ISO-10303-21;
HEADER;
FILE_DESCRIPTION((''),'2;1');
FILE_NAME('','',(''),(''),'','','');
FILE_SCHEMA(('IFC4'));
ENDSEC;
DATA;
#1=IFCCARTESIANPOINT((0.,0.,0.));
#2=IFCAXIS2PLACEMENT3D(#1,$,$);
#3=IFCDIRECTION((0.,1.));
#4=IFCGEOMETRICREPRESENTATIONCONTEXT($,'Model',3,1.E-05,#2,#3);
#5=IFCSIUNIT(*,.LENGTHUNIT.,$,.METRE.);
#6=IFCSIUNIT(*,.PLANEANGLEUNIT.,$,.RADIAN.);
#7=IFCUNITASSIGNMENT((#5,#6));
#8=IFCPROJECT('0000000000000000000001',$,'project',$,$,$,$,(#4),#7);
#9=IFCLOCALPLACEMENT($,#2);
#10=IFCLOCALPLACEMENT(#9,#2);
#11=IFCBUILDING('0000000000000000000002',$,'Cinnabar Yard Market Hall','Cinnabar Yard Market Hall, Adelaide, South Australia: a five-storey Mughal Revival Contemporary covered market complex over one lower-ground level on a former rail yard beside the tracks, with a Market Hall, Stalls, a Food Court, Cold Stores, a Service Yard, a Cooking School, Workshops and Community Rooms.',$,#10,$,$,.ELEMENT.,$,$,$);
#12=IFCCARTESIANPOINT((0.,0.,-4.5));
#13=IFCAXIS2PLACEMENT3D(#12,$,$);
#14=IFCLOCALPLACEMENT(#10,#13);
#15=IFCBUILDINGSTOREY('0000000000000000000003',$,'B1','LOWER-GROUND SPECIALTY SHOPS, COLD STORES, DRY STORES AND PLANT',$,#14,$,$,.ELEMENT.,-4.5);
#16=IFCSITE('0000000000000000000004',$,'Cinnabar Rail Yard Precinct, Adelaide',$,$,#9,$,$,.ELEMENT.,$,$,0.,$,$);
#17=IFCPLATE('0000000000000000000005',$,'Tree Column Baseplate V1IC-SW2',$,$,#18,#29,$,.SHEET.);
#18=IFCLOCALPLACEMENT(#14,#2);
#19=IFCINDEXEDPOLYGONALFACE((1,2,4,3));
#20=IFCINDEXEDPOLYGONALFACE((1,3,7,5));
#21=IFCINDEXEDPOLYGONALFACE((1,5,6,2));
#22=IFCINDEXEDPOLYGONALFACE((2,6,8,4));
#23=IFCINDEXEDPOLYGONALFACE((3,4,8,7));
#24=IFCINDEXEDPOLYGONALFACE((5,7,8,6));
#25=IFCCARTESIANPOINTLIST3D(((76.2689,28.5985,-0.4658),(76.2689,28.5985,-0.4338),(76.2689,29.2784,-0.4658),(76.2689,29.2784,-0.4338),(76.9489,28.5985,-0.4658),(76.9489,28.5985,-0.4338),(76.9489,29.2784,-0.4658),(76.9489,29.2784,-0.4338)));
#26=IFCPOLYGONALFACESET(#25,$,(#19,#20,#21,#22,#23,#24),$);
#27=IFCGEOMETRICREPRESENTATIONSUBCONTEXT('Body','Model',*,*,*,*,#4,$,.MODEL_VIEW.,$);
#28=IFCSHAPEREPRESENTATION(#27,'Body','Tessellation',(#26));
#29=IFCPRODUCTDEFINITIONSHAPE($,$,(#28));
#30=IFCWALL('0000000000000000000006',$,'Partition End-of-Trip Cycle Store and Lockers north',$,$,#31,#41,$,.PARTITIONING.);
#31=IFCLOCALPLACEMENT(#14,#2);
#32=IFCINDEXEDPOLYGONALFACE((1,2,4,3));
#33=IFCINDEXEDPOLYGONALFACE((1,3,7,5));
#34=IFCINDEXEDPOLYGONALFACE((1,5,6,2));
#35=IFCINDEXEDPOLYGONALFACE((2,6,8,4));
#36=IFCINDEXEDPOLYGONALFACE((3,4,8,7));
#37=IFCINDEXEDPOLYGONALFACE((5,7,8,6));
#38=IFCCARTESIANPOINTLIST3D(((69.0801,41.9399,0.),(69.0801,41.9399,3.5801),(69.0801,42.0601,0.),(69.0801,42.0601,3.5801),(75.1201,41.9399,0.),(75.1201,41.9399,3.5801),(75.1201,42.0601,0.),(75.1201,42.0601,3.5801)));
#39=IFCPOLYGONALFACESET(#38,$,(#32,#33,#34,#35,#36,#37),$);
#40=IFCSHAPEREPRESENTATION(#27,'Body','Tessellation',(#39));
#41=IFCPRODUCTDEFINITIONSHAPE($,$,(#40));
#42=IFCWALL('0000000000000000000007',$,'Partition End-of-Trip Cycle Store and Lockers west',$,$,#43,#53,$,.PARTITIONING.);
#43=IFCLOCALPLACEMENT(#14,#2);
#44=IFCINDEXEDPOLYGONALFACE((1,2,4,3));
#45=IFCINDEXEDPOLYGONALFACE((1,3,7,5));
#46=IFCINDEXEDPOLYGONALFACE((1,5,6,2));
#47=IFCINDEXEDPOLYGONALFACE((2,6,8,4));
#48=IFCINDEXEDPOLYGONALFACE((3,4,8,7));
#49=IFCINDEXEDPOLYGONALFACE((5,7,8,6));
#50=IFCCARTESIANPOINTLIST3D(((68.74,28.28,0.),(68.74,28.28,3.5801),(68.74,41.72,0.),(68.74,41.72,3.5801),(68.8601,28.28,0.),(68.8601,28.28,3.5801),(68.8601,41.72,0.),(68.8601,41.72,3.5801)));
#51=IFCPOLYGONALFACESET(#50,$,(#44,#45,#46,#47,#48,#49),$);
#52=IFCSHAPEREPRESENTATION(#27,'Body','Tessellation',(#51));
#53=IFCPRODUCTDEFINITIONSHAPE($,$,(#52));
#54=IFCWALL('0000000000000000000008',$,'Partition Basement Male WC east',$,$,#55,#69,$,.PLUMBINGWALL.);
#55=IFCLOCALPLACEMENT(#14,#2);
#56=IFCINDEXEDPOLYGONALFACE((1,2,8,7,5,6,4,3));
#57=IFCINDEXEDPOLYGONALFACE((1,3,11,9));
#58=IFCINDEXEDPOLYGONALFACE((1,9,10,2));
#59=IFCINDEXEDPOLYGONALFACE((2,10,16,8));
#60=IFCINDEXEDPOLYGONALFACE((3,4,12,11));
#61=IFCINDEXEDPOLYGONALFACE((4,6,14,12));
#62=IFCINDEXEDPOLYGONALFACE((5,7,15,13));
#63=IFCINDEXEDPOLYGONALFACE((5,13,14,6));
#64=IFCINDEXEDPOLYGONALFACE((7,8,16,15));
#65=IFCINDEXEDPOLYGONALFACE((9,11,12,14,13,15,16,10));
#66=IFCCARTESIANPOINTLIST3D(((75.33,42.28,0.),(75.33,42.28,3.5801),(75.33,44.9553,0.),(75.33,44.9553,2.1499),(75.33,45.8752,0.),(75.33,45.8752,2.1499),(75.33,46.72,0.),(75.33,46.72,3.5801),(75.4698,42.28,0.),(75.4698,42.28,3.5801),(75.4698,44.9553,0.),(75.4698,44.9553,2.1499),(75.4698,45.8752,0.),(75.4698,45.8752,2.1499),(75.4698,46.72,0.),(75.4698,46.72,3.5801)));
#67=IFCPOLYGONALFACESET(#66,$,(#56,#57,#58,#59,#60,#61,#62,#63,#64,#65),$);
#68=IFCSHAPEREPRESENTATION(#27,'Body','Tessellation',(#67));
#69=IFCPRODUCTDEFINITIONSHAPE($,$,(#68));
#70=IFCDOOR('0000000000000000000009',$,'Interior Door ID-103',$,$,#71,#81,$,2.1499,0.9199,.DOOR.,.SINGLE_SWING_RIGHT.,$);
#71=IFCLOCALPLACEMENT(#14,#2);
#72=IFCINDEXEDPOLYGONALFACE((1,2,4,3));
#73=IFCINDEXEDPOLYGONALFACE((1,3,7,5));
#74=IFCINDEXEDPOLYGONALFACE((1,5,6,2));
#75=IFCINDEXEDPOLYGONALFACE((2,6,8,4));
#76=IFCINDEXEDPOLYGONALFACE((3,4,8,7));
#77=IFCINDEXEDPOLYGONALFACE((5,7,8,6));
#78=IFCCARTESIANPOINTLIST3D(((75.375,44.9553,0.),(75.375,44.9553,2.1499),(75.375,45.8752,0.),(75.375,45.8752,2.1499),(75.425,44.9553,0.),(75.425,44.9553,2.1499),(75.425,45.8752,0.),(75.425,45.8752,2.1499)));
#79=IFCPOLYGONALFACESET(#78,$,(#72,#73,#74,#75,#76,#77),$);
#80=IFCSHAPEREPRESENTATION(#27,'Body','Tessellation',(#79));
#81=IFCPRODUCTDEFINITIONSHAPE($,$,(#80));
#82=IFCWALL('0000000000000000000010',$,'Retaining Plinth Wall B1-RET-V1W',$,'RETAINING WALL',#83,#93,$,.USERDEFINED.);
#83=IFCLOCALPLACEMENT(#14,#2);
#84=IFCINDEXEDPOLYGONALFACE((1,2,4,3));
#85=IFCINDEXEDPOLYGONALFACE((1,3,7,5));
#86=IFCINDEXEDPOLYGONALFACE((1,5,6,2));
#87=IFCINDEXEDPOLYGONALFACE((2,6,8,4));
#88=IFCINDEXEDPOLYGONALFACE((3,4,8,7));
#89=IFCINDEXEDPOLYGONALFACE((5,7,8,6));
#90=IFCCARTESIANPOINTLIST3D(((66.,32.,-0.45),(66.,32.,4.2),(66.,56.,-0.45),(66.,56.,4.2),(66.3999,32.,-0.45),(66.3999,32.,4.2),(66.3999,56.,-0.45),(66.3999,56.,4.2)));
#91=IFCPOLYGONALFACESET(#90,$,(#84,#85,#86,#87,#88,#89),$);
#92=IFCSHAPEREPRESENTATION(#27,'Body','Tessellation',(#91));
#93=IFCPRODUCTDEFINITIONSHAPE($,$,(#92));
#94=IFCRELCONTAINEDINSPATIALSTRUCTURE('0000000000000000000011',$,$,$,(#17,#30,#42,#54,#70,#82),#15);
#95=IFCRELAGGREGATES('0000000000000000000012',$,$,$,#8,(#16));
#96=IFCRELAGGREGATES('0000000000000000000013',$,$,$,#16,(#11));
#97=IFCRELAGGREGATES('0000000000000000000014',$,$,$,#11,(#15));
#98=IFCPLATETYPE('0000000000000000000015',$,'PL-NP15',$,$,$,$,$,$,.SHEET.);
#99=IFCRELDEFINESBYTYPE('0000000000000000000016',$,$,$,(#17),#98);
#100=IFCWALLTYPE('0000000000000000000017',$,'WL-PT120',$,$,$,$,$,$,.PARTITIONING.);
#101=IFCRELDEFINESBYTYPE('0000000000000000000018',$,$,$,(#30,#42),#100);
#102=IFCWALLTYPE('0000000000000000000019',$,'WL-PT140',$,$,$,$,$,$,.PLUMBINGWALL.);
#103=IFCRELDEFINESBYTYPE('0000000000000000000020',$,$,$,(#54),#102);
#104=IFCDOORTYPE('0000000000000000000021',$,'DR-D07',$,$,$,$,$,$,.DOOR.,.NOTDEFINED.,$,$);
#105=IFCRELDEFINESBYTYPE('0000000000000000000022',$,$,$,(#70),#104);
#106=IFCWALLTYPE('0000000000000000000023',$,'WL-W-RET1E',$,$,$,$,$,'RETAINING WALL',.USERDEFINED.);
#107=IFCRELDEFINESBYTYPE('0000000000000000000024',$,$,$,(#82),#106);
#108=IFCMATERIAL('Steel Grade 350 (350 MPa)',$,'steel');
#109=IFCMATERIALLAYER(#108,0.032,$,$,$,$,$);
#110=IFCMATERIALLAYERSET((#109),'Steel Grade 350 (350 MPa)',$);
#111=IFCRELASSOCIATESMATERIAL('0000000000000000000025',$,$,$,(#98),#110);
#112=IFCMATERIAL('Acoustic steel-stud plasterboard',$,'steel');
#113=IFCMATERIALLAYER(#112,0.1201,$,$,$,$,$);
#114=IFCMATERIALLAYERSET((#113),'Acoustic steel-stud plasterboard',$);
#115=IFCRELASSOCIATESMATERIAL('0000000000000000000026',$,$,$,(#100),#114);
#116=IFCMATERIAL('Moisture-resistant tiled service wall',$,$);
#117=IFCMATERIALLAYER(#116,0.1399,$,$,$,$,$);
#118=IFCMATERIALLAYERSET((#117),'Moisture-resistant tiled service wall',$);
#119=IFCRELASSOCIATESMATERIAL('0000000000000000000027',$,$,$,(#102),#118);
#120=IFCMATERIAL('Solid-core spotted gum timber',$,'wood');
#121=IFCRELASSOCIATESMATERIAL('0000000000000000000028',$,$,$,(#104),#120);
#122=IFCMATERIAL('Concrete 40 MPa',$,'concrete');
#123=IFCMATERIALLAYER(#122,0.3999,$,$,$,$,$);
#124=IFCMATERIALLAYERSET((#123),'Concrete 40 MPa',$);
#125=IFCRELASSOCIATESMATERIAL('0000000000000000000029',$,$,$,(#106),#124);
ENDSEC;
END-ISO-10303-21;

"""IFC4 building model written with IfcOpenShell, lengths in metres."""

from ifc_helpers import new_model, si_unit, direction, frame, frame_2d, origin, origin_2d_with_axis, place, context, subcontext, project, spatial, rectangle, extrude, material, layer, layer_set, type_object, element, fill, save


model = new_model("IFC4")

# Units and contexts
model_context = context("Model", 3, precision=1e-05, world=origin(), true_north=direction((0.0, 1.0)))
body_context = subcontext(model_context, "Body", "Model", "MODEL_VIEW")
ifc_project = project(units=[si_unit("LENGTHUNIT", "METRE"), si_unit("PLANEANGLEUNIT", "RADIAN")], contexts=[model_context])

# Site, building, storey
site_placement = place(None, origin())
site = spatial("IfcSite", under=ifc_project, at=site_placement, Name="Cinnabar Rail Yard Precinct, Adelaide", CompositionType="ELEMENT", RefElevation=0.0)
building_placement = place(site_placement, origin())
building = spatial("IfcBuilding", under=site, at=building_placement, Name="Cinnabar Yard Market Hall", Description="Cinnabar Yard Market Hall, Adelaide, South Australia: a five-storey Mughal Revival Contemporary covered market complex over one lower-ground level on a former rail yard beside the tracks, with a Market Hall, Stalls, a Food Court, Cold Stores, a Service Yard, a Cooking School, Workshops and Community Rooms.", CompositionType="ELEMENT")
storey_placement = place(building_placement, frame((0.0, 0.0, -4.5)))
storey = spatial("IfcBuildingStorey", under=building, at=storey_placement, Name="B1", Description="LOWER-GROUND SPECIALTY SHOPS, COLD STORES, DRY STORES AND PLANT", CompositionType="ELEMENT", Elevation=-4.5)

# Shared definitions
ifc_material_1 = material(Name="Concrete 40 MPa", Category="concrete")

# Plate
ifc_material_2 = material(Name="Steel Grade 350 (350 MPa)", Category="steel")
ifc_layer_1 = layer(ifc_material_2, 0.032)
ifc_layer_set_1 = layer_set([ifc_layer_1], Name="Steel Grade 350 (350 MPa)")
plate_type = type_object("IfcPlateType", Name="PL-NP15", PredefinedType="SHEET", material=ifc_layer_set_1)
for number, where, z_axis, x_axis, name in (
    (1, (76.6089, 28.9385, -0.4658), (0.0, 0.0, 1.0), (1.0, 0.0, 0.0), "Tree Column Baseplate V1IC-SW2"),
):
    element("IfcPlate", number, at=place(storey_placement, frame(where, z_axis=z_axis, x_axis=x_axis)), inside=storey, type_object=plate_type, Name=name, PredefinedType="SHEET", context=body_context, shape_type="SweptSolid", body=[
        extrude(rectangle(XDim=0.6799, YDim=0.6799, at=origin_2d_with_axis()), origin(), (0.0, 0.0, 1.0), 0.032),
    ])

# Walls
ifc_material_3 = material(Name="Acoustic steel-stud plasterboard", Category="steel")
ifc_layer_2 = layer(ifc_material_3, 0.1201)
ifc_layer_set_2 = layer_set([ifc_layer_2], Name="Acoustic steel-stud plasterboard")
wall_type_1 = type_object("IfcWallType", Name="WL-PT120", PredefinedType="PARTITIONING", material=ifc_layer_set_2)
wall_1_placement = place(storey_placement, frame((75.1201, 42.0, 0.0), z_axis=(0.0, 0.0, 1.0), x_axis=(-1.0, 0.0, 0.0)))
element("IfcWall", 2, at=wall_1_placement, inside=storey, type_object=wall_type_1, Name="Partition End-of-Trip Cycle Store and Lockers north", PredefinedType="PARTITIONING", context=body_context, shape_type="SweptSolid", body=[
    extrude(rectangle(XDim=6.04, YDim=0.1201, at=frame_2d((3.02, 0.0), x_axis=(1.0, 0.0))), origin(), (0.0, 0.0, 1.0), 3.5801),
])
wall_2_placement = place(storey_placement, frame((68.8, 41.72, 0.0), z_axis=(0.0, 0.0, 1.0), x_axis=(0.0, -1.0, 0.0)))
element("IfcWall", 3, at=wall_2_placement, inside=storey, type_object=wall_type_1, Name="Partition End-of-Trip Cycle Store and Lockers west", PredefinedType="PARTITIONING", context=body_context, shape_type="SweptSolid", body=[
    extrude(rectangle(XDim=13.4399, YDim=0.1201, at=frame_2d((6.72, 0.0), x_axis=(1.0, 0.0))), origin(), (0.0, 0.0, 1.0), 3.5801),
])

# Wall, opening, door
ifc_material_4 = material(Name="Moisture-resistant tiled service wall")
ifc_layer_3 = layer(ifc_material_4, 0.1399)
ifc_layer_set_3 = layer_set([ifc_layer_3], Name="Moisture-resistant tiled service wall")
wall_type_2 = type_object("IfcWallType", Name="WL-PT140", PredefinedType="PLUMBINGWALL", material=ifc_layer_set_3)
wall_3_placement = place(storey_placement, frame((75.3999, 42.28, 0.0), z_axis=(0.0, 0.0, 1.0), x_axis=(0.0, 1.0, 0.0)))
wall_3 = element("IfcWall", 4, at=wall_3_placement, inside=storey, type_object=wall_type_2, Name="Partition Basement Male WC east", PredefinedType="PLUMBINGWALL", context=body_context, shape_type="SweptSolid", body=[
    extrude(rectangle(XDim=4.4399, YDim=0.1399, at=frame_2d((2.22, 0.0), x_axis=(1.0, 0.0))), origin(), (0.0, 0.0, 1.0), 3.5801),
])
opening_placement = place(wall_3_placement, frame((2.6753, 0.0, 0.0)))
opening = element("IfcOpeningElement", 5, at=opening_placement, cuts=wall_3, PredefinedType="OPENING", context=body_context, shape_type="SweptSolid", body=[
    extrude(rectangle(XDim=0.9199, YDim=2.1499, at=frame_2d((0.46, 1.075), x_axis=(1.0, 0.0))), frame((0.0, 0.0798, 0.0), z_axis=(0.0, -1.0, 0.0), x_axis=(1.0, 0.0, 0.0)), (0.0, 0.0, 1.0), 0.1599),
])
ifc_material_5 = material(Name="Solid-core spotted gum timber", Category="wood")
door_type = type_object("IfcDoorType", Name="DR-D07", OperationType="NOTDEFINED", PredefinedType="DOOR", material=ifc_material_5)
door_placement = place(opening_placement, origin())
door = element("IfcDoor", 6, at=door_placement, inside=storey, type_object=door_type, Name="Interior Door ID-103", OperationType="SINGLE_SWING_RIGHT", OverallHeight=2.1499, OverallWidth=0.9199, PredefinedType="DOOR", context=body_context, shape_type="SweptSolid", body=[
    extrude(rectangle(XDim=0.9199, YDim=2.1499, at=frame_2d((0.46, 1.075), x_axis=(1.0, 0.0))), frame((0.0, 0.0249, 0.0), z_axis=(0.0, -1.0, 0.0), x_axis=(1.0, 0.0, 0.0)), (0.0, 0.0, 1.0), 0.05),
])
fill(opening, door)

# Wall
ifc_layer_4 = layer(ifc_material_1, 0.3999)
ifc_layer_set_4 = layer_set([ifc_layer_4], Name="Concrete 40 MPa")
wall_type_3 = type_object("IfcWallType", Name="WL-W-RET1E", ElementType="RETAINING WALL", PredefinedType="USERDEFINED", material=ifc_layer_set_4)
wall_4_placement = place(storey_placement, frame((66.2, 32.0, -0.45), z_axis=(0.0, 0.0, 1.0), x_axis=(0.0, 1.0, 0.0)))
element("IfcWall", 7, at=wall_4_placement, inside=storey, type_object=wall_type_3, Name="Retaining Plinth Wall B1-RET-V1W", ObjectType="RETAINING WALL", PredefinedType="USERDEFINED", context=body_context, shape_type="SweptSolid", body=[
    extrude(rectangle(XDim=24.0, YDim=0.3999, at=frame_2d((12.0, 0.0), x_axis=(1.0, 0.0))), origin(), (0.0, 0.0, 1.0), 4.6499),
])

save(model, "model.ifc")
